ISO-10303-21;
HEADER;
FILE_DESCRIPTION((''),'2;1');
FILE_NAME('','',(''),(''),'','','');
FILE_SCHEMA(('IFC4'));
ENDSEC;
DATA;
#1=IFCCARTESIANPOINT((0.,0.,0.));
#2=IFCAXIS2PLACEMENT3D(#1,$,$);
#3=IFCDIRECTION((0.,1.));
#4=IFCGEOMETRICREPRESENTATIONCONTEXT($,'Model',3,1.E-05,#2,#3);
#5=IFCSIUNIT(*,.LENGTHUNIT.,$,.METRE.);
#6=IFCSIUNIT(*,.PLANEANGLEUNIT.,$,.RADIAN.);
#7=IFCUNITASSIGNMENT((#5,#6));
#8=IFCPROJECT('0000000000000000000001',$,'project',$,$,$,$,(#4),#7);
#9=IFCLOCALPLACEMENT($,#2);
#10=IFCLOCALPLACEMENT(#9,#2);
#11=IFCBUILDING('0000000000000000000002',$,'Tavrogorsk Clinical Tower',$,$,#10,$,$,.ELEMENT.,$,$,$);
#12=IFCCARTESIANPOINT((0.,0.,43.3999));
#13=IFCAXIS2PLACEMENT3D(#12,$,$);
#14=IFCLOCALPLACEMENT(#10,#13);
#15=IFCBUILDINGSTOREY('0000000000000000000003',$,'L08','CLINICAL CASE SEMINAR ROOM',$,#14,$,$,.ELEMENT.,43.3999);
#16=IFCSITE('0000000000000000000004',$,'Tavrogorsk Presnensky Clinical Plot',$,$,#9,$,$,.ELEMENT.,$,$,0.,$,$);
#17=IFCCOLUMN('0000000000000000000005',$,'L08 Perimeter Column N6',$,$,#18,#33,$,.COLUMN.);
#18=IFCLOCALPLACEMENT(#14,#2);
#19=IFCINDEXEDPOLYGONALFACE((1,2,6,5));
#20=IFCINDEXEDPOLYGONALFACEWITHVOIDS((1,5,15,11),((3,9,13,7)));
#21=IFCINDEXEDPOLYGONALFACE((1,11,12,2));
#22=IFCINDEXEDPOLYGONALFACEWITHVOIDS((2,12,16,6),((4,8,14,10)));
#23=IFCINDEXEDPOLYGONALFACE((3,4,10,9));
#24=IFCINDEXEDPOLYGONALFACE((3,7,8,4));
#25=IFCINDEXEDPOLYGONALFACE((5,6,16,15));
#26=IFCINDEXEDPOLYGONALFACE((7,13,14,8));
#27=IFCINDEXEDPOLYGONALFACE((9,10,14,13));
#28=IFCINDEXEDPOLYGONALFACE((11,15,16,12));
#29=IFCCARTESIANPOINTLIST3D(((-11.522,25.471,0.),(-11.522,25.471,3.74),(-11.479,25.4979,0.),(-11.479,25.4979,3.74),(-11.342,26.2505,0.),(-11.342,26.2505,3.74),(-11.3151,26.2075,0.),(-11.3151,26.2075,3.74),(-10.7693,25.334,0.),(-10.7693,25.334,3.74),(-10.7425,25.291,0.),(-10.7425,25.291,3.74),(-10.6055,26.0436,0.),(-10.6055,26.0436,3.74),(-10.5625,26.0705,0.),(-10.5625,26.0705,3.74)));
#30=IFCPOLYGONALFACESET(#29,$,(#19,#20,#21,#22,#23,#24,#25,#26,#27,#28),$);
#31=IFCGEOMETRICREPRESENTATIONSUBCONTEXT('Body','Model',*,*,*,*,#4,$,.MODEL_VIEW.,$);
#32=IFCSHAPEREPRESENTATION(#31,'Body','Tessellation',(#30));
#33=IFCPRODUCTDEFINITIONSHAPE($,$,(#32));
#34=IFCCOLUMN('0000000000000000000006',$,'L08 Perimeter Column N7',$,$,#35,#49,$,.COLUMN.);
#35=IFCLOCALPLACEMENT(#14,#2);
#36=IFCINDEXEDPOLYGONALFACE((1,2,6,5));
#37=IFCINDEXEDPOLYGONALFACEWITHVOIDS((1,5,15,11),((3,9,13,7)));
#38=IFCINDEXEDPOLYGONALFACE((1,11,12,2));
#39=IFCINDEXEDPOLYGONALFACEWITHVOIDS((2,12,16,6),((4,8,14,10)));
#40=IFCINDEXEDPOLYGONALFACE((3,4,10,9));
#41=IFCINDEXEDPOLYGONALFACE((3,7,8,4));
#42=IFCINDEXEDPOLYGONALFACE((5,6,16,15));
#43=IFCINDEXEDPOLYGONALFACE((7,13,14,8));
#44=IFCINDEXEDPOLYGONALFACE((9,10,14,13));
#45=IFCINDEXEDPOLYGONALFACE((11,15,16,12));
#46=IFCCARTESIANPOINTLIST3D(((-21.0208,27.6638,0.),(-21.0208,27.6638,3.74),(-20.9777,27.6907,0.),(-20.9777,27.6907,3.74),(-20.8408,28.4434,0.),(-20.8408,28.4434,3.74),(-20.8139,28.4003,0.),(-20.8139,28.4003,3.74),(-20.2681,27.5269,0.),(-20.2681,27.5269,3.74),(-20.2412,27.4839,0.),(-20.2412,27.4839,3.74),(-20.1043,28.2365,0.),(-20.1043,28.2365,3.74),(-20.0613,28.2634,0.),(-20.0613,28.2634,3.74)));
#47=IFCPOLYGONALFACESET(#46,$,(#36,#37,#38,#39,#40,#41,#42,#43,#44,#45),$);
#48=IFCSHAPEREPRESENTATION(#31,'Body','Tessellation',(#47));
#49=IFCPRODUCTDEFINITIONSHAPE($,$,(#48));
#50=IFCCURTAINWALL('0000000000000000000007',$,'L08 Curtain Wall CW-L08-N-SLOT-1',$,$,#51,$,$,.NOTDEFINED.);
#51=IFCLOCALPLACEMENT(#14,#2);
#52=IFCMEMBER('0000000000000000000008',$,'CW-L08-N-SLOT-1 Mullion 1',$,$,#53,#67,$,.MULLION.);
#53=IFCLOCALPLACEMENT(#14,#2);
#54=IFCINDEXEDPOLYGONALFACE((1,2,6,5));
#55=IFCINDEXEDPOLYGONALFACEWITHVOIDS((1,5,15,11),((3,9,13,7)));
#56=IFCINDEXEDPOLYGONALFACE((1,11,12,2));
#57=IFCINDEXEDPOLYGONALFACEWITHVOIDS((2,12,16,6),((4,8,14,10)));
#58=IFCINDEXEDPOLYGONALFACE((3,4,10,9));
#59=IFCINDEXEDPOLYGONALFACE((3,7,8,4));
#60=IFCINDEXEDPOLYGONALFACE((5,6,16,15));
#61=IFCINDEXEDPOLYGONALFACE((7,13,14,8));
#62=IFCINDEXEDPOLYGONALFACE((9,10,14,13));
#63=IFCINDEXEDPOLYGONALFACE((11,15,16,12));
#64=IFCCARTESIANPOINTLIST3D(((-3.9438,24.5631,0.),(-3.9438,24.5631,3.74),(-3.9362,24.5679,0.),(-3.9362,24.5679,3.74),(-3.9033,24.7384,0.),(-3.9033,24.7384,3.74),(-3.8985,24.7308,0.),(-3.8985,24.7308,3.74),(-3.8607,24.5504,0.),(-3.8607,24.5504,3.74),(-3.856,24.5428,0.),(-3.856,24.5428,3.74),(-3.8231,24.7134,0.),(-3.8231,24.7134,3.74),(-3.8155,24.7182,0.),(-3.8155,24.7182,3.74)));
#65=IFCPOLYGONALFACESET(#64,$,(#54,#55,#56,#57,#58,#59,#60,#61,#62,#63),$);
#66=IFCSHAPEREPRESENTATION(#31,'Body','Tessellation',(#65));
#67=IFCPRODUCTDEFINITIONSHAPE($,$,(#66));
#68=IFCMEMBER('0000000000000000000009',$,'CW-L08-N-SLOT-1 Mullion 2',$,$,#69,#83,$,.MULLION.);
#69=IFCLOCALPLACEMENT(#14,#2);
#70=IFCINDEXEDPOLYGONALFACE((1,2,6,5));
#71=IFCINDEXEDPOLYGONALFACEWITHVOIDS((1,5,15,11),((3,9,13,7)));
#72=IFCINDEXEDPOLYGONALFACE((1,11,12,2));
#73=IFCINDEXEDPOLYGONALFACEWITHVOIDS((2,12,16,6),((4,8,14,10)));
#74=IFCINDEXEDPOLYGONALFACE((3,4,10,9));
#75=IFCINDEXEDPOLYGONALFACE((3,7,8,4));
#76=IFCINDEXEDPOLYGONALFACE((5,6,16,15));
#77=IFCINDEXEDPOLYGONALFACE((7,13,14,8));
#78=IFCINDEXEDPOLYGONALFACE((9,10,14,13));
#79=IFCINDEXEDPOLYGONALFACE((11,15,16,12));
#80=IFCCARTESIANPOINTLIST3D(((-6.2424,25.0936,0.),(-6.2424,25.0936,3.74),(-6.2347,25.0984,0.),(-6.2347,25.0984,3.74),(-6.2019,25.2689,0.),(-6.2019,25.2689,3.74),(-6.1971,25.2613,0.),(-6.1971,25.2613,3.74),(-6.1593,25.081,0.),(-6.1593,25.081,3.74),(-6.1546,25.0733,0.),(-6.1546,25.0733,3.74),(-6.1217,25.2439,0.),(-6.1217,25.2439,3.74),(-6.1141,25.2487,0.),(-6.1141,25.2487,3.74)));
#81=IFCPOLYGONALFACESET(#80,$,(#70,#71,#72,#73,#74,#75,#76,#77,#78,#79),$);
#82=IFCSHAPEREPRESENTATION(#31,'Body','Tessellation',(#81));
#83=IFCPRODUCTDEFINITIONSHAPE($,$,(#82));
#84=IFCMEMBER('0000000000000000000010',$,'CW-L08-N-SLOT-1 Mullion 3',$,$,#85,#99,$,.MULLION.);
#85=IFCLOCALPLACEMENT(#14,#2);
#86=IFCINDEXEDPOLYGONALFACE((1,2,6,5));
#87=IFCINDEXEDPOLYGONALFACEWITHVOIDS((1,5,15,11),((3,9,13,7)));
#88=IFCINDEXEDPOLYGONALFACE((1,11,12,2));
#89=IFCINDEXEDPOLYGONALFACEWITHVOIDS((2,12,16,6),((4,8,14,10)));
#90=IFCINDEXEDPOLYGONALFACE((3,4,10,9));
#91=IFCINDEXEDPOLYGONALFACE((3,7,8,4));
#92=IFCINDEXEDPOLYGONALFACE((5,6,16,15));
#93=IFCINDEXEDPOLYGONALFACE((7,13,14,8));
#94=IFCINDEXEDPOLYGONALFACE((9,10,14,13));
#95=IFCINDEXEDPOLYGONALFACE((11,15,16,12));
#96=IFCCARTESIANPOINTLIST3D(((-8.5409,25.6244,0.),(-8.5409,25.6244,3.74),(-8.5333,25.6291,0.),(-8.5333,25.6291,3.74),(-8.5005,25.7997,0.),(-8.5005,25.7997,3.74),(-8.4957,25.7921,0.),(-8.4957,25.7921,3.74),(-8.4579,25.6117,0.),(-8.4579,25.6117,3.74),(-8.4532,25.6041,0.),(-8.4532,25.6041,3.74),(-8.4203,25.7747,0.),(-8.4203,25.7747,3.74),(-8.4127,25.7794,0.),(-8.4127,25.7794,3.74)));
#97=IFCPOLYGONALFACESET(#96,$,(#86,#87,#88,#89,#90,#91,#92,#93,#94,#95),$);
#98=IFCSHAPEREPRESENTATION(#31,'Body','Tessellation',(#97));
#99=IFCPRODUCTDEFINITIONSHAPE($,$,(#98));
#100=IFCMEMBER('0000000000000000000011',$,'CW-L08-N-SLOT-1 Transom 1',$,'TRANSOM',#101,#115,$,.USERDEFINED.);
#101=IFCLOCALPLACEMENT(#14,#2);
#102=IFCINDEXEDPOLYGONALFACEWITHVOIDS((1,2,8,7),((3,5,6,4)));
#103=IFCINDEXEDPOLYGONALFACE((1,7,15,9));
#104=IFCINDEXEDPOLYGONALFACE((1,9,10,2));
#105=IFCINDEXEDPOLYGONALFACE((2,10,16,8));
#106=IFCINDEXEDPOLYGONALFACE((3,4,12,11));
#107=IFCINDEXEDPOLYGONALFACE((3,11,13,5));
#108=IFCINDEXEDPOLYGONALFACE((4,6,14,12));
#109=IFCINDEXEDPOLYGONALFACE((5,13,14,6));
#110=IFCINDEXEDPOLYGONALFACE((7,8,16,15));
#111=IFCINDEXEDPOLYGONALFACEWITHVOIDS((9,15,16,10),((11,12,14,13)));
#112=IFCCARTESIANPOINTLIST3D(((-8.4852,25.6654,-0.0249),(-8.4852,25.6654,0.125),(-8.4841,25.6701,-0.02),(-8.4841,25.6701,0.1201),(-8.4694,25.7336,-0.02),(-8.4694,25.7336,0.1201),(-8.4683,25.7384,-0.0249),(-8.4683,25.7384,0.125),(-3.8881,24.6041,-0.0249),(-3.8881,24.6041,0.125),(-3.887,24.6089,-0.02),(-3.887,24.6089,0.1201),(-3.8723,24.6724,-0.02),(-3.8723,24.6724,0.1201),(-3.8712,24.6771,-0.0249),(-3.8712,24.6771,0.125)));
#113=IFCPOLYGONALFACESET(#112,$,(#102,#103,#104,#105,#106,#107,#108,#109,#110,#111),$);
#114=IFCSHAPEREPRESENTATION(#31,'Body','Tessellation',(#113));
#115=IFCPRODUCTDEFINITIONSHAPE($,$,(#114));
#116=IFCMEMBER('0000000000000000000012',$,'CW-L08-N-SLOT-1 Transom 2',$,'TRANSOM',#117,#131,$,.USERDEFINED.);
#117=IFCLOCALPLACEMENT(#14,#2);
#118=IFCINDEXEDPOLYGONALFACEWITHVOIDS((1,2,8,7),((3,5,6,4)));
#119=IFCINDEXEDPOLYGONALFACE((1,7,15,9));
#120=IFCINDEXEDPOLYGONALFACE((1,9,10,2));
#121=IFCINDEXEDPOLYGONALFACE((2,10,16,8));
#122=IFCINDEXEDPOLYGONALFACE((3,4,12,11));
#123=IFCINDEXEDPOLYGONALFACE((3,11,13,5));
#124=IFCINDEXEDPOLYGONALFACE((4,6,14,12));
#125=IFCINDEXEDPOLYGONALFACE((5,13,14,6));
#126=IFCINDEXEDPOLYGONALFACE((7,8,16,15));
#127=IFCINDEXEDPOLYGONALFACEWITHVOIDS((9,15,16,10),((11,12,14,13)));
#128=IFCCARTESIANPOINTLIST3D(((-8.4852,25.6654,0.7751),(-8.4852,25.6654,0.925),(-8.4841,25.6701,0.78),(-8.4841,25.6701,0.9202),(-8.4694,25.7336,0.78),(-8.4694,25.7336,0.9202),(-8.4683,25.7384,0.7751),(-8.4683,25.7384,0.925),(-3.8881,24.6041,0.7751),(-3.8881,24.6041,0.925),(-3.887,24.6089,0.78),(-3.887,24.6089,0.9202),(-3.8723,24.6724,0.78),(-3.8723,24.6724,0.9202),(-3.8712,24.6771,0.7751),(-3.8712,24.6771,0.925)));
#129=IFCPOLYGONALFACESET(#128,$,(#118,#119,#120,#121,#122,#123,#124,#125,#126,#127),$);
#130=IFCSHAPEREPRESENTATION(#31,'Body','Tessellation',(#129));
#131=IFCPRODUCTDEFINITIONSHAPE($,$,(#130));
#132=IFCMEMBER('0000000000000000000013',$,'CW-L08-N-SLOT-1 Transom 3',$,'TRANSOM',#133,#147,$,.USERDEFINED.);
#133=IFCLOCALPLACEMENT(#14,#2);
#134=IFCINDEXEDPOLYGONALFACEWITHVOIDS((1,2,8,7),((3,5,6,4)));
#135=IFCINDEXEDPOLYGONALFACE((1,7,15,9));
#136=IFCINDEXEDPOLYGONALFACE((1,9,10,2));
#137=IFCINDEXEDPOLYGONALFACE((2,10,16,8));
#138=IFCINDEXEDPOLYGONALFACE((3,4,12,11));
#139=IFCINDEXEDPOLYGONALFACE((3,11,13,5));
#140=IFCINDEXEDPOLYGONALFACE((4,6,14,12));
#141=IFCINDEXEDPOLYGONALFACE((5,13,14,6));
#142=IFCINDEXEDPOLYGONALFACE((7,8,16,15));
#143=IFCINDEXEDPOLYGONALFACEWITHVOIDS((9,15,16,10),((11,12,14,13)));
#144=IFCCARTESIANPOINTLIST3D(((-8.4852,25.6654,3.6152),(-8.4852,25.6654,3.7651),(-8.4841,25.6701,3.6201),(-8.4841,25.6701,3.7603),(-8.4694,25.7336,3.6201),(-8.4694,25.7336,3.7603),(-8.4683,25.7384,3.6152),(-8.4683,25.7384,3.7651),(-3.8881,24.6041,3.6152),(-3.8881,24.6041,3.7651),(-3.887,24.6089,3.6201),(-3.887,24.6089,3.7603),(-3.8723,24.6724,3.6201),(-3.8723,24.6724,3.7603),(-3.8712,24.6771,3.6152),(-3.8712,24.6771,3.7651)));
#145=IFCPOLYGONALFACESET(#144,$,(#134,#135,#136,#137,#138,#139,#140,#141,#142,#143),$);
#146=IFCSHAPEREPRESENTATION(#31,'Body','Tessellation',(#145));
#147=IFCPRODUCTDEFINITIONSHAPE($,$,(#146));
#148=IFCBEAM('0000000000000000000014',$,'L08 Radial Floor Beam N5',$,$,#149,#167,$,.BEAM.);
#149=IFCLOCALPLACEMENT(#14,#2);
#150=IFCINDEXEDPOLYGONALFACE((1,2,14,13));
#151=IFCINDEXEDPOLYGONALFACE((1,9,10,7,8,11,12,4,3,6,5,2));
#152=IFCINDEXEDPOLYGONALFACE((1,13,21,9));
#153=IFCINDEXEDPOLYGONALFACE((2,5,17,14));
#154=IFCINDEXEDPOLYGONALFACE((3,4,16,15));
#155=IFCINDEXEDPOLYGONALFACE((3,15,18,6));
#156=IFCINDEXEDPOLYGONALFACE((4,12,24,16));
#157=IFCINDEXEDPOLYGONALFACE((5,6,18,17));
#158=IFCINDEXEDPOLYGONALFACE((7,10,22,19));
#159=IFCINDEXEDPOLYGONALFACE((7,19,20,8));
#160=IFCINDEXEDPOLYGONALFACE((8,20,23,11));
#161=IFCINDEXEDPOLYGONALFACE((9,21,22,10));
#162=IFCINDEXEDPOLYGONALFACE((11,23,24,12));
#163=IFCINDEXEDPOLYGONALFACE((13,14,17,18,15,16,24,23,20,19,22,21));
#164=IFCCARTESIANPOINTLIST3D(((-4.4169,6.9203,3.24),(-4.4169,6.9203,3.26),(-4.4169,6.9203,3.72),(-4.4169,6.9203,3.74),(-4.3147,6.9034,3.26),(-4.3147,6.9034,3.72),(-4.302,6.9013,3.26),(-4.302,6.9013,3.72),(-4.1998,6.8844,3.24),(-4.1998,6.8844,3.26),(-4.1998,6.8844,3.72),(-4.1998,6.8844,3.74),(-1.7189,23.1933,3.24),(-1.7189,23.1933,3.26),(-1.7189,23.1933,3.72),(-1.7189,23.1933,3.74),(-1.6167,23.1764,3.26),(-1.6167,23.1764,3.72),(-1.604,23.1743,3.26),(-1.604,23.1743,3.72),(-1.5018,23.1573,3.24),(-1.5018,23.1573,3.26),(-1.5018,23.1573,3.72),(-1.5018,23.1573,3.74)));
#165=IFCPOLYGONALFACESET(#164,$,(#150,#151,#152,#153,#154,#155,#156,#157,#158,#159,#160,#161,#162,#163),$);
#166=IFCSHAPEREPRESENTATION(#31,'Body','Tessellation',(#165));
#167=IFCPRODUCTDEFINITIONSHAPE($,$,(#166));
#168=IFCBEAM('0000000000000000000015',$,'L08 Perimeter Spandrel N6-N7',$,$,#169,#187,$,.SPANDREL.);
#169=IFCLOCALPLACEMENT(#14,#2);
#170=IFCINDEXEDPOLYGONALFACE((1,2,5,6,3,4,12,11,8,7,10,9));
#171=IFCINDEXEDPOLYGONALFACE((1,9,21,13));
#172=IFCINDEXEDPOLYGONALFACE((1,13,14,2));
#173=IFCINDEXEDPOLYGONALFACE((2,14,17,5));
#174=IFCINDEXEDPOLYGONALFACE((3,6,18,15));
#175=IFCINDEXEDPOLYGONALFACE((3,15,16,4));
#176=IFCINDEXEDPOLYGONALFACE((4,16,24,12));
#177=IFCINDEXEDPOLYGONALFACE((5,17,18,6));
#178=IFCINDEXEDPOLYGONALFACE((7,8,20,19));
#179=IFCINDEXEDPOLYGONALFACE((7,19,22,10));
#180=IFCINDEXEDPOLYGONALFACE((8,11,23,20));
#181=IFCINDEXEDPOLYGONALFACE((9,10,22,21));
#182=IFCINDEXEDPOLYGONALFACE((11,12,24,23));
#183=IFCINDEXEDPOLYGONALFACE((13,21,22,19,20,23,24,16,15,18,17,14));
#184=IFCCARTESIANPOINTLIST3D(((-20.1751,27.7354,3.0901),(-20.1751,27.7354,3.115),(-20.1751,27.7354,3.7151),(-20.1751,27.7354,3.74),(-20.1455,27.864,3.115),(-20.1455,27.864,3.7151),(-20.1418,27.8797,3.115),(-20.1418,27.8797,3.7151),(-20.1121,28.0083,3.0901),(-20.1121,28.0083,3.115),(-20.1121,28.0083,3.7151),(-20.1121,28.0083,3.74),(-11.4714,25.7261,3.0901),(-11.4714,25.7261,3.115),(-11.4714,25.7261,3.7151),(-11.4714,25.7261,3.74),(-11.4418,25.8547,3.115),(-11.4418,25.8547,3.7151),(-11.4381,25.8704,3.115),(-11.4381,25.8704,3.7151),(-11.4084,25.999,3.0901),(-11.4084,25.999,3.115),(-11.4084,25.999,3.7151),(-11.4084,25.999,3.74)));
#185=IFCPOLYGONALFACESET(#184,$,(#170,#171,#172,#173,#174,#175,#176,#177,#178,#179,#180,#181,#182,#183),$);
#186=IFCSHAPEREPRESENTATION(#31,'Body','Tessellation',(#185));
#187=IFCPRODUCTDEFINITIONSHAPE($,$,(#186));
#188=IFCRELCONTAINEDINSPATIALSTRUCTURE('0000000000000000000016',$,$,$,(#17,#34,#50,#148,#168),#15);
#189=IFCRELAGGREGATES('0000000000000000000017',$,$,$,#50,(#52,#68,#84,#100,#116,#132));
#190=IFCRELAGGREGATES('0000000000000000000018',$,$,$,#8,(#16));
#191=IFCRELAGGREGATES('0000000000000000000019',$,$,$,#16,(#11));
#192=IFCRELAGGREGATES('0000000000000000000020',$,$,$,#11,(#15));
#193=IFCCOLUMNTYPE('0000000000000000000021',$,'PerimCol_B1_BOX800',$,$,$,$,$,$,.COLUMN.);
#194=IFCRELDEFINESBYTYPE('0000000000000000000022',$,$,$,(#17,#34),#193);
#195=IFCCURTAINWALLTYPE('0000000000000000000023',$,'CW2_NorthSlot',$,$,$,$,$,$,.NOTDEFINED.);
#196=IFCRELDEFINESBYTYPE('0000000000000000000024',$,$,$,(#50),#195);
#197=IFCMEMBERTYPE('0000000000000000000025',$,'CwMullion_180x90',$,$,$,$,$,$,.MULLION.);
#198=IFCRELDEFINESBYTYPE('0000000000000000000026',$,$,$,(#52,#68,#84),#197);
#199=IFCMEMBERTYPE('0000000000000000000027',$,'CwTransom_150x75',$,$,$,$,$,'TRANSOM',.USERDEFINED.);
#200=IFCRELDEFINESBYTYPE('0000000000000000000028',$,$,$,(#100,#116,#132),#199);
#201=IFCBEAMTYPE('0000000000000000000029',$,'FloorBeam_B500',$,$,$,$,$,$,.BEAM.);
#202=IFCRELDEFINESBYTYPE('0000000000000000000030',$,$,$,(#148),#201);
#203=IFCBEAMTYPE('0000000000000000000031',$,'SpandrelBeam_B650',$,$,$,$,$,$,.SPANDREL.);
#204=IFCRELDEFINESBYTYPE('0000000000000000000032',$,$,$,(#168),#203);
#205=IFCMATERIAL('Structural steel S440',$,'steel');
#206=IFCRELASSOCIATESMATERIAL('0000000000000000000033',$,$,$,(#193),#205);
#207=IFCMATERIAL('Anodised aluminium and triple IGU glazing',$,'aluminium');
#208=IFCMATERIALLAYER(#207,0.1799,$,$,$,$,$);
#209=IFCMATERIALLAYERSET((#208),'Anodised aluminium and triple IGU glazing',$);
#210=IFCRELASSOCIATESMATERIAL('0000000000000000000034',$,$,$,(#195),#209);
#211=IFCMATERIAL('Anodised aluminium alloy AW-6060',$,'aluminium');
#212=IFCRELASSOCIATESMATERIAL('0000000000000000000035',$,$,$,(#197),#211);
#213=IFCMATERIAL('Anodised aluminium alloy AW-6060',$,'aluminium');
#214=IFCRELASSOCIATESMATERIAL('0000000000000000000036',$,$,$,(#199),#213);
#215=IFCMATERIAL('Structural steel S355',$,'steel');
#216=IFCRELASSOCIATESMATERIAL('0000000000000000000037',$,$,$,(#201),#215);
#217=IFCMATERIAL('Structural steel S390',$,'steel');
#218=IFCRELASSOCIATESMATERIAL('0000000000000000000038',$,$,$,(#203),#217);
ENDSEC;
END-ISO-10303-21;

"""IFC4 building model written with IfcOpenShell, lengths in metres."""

from ifc_helpers import new_model, si_unit, direction, frame, origin, origin_2d, place, context, subcontext, project, spatial, hollow_rectangle, i_section, extrude, material, layer, layer_set, material_profile, profile_set, type_object, element, aggregate, save


model = new_model("IFC4")

# Units and contexts
model_context = context("Model", 3, precision=1e-05, world=origin(), true_north=direction((0.0, 1.0)))
body_context = subcontext(model_context, "Body", "Model", "MODEL_VIEW")
ifc_project = project(units=[si_unit("LENGTHUNIT", "METRE"), si_unit("PLANEANGLEUNIT", "RADIAN")], contexts=[model_context])

# Site, building, storey
site_placement = place(None, origin())
site = spatial("IfcSite", under=ifc_project, at=site_placement, Name="Tavrogorsk Presnensky Clinical Plot", CompositionType="ELEMENT", RefElevation=0.0)
building_placement = place(site_placement, origin())
building = spatial("IfcBuilding", under=site, at=building_placement, Name="Tavrogorsk Clinical Tower", CompositionType="ELEMENT")
storey_placement = place(building_placement, frame((0.0, 0.0, 43.3999)))
storey = spatial("IfcBuildingStorey", under=building, at=storey_placement, Name="L08", Description="CLINICAL CASE SEMINAR ROOM", CompositionType="ELEMENT", Elevation=43.3999)

# Columns
ifc_material_1 = material(Name="Structural steel S440", Category="steel")
ifc_material_profile_1 = material_profile(ifc_material_1, hollow_rectangle(XDim=0.8, YDim=0.8, WallThickness=0.0359, at=origin_2d()), Name="BOX-800x800x36")
ifc_profile_set_1 = profile_set([ifc_material_profile_1], Name="Structural steel S440")
column_type = type_object("IfcColumnType", Name="PerimCol_B1_BOX800", PredefinedType="COLUMN", material=ifc_profile_set_1)
for number, where, z_axis, x_axis, name in (
    (1, (-11.0422, 25.7708, 0.0), (0.0, 0.0, 1.0), (0.97437, -0.224951, 0.0), "L08 Perimeter Column N6"),
    (2, (-20.541, 27.9636, 0.0), (0.0, 0.0, 1.0), (0.97437, -0.224951, 0.0), "L08 Perimeter Column N7"),
):
    element("IfcColumn", number, at=place(storey_placement, frame(where, z_axis=z_axis, x_axis=x_axis)), inside=storey, type_object=column_type, Name=name, PredefinedType="COLUMN", context=body_context, shape_type="SweptSolid", body=[
        extrude(hollow_rectangle(XDim=0.8, YDim=0.8, WallThickness=0.0359, at=origin_2d()), origin(), (0.0, 0.0, 1.0), 3.74),
    ])

# Curtain wall, members
ifc_material_2 = material(Name="Anodised aluminium and triple IGU glazing", Category="aluminium")
ifc_layer_1 = layer(ifc_material_2, 0.1799)
ifc_layer_set_1 = layer_set([ifc_layer_1], Name="Anodised aluminium and triple IGU glazing")
curtain_wall_type = type_object("IfcCurtainWallType", Name="CW2_NorthSlot", PredefinedType="NOTDEFINED", material=ifc_layer_set_1)
curtain_wall_placement = place(storey_placement, origin())
curtain_wall = element("IfcCurtainWall", 3, at=curtain_wall_placement, inside=storey, type_object=curtain_wall_type, Name="L08 Curtain Wall CW-L08-N-SLOT-1", PredefinedType="NOTDEFINED")
ifc_material_3 = material(Name="Anodised aluminium alloy AW-6060", Category="aluminium")
ifc_material_profile_2 = material_profile(ifc_material_3, hollow_rectangle(XDim=0.0901, YDim=0.1799, WallThickness=0.0063, at=origin_2d()), Name="RHS-180x90x6.3")
ifc_profile_set_2 = profile_set([ifc_material_profile_2], Name="Anodised aluminium alloy AW-6060")
member_type_1 = type_object("IfcMemberType", Name="CwMullion_180x90", PredefinedType="MULLION", material=ifc_profile_set_2)
member_1_placement = place(storey_placement, frame((-3.8796, 24.6406, 0.0), z_axis=(0.0, 0.0, 1.0), x_axis=(-0.97437, 0.224951, 0.0)))
member_1 = element("IfcMember", 4, at=member_1_placement, type_object=member_type_1, Name="CW-L08-N-SLOT-1 Mullion 1", PredefinedType="MULLION", context=body_context, shape_type="SweptSolid", body=[
    extrude(hollow_rectangle(XDim=0.0901, YDim=0.1799, WallThickness=0.0063, at=origin_2d()), origin(), (0.0, 0.0, 1.0), 3.74),
])
member_2_placement = place(storey_placement, frame((-6.1782, 25.1711, 0.0), z_axis=(0.0, 0.0, 1.0), x_axis=(-0.97437, 0.224951, 0.0)))
member_2 = element("IfcMember", 5, at=member_2_placement, type_object=member_type_1, Name="CW-L08-N-SLOT-1 Mullion 2", PredefinedType="MULLION", context=body_context, shape_type="SweptSolid", body=[
    extrude(hollow_rectangle(XDim=0.0901, YDim=0.1799, WallThickness=0.0063, at=origin_2d()), origin(), (0.0, 0.0, 1.0), 3.74),
])
member_3_placement = place(storey_placement, frame((-8.4768, 25.7019, 0.0), z_axis=(0.0, 0.0, 1.0), x_axis=(-0.97437, 0.224951, 0.0)))
member_3 = element("IfcMember", 6, at=member_3_placement, type_object=member_type_1, Name="CW-L08-N-SLOT-1 Mullion 3", PredefinedType="MULLION", context=body_context, shape_type="SweptSolid", body=[
    extrude(hollow_rectangle(XDim=0.0901, YDim=0.1799, WallThickness=0.0063, at=origin_2d()), origin(), (0.0, 0.0, 1.0), 3.74),
])
ifc_material_4 = material(Name="Anodised aluminium alloy AW-6060", Category="aluminium")
ifc_material_profile_3 = material_profile(ifc_material_4, hollow_rectangle(XDim=0.075, YDim=0.1499, WallThickness=0.0049, at=origin_2d()), Name="RHS-150x75x5")
ifc_profile_set_3 = profile_set([ifc_material_profile_3], Name="Anodised aluminium alloy AW-6060")
member_type_2 = type_object("IfcMemberType", Name="CwTransom_150x75", ElementType="TRANSOM", PredefinedType="USERDEFINED", material=ifc_profile_set_3)
member_4_placement = place(storey_placement, frame((-3.8796, 24.6406, 0.05), z_axis=(-0.974373, 0.224939, 0.0), x_axis=(-0.224939, -0.974373, 0.0)))
member_4 = element("IfcMember", 7, at=member_4_placement, type_object=member_type_2, Name="CW-L08-N-SLOT-1 Transom 1", ObjectType="TRANSOM", PredefinedType="USERDEFINED", context=body_context, shape_type="SweptSolid", body=[
    extrude(hollow_rectangle(XDim=0.075, YDim=0.1499, WallThickness=0.0049, at=origin_2d()), origin(), (0.0, 0.0, 1.0), 4.718),
])
member_5_placement = place(storey_placement, frame((-3.8796, 24.6406, 0.8501), z_axis=(-0.974373, 0.224939, 0.0), x_axis=(-0.224939, -0.974373, 0.0)))
member_5 = element("IfcMember", 8, at=member_5_placement, type_object=member_type_2, Name="CW-L08-N-SLOT-1 Transom 2", ObjectType="TRANSOM", PredefinedType="USERDEFINED", context=body_context, shape_type="SweptSolid", body=[
    extrude(hollow_rectangle(XDim=0.075, YDim=0.1499, WallThickness=0.0049, at=origin_2d()), origin(), (0.0, 0.0, 1.0), 4.718),
])
member_6_placement = place(storey_placement, frame((-3.8796, 24.6406, 3.6902), z_axis=(-0.974373, 0.224939, 0.0), x_axis=(-0.224939, -0.974373, 0.0)))
member_6 = element("IfcMember", 9, at=member_6_placement, type_object=member_type_2, Name="CW-L08-N-SLOT-1 Transom 3", ObjectType="TRANSOM", PredefinedType="USERDEFINED", context=body_context, shape_type="SweptSolid", body=[
    extrude(hollow_rectangle(XDim=0.075, YDim=0.1499, WallThickness=0.0049, at=origin_2d()), origin(), (0.0, 0.0, 1.0), 4.718),
])

# Beams
ifc_material_5 = material(Name="Structural steel S355", Category="steel")
ifc_material_profile_4 = material_profile(ifc_material_5, i_section(OverallWidth=0.22, OverallDepth=0.5, WebThickness=0.0129, FlangeThickness=0.02, at=origin_2d()), Name="B-500x220x13x20")
ifc_profile_set_4 = profile_set([ifc_material_profile_4], Name="Structural steel S355")
beam_type_1 = type_object("IfcBeamType", Name="FloorBeam_B500", PredefinedType="BEAM", material=ifc_profile_set_4)
beam_1_placement = place(storey_placement, frame((-4.3083, 6.9023, 3.49), z_axis=(0.163564, 0.986533, 0.0), x_axis=(-0.986533, 0.163564, 0.0)))
element("IfcBeam", 10, at=beam_1_placement, inside=storey, type_object=beam_type_1, Name="L08 Radial Floor Beam N5", PredefinedType="BEAM", context=body_context, shape_type="SweptSolid", body=[
    extrude(i_section(OverallWidth=0.22, OverallDepth=0.5, WebThickness=0.0129, FlangeThickness=0.02, at=origin_2d()), origin(), (0.0, 0.0, 1.0), 16.4951),
])
ifc_material_6 = material(Name="Structural steel S390", Category="steel")
ifc_material_profile_5 = material_profile(ifc_material_6, i_section(OverallWidth=0.28, OverallDepth=0.6499, WebThickness=0.0161, FlangeThickness=0.0249, at=origin_2d()), Name="B-650x280x16x25")
ifc_profile_set_5 = profile_set([ifc_material_profile_5], Name="Structural steel S390")
beam_type_2 = type_object("IfcBeamType", Name="SpandrelBeam_B650", PredefinedType="SPANDREL", material=ifc_profile_set_5)
beam_2_placement = place(storey_placement, frame((-11.4399, 25.8625, 3.415), z_axis=(-0.974373, 0.224939, 0.0), x_axis=(-0.224939, -0.974373, 0.0)))
element("IfcBeam", 11, at=beam_2_placement, inside=storey, type_object=beam_type_2, Name="L08 Perimeter Spandrel N6-N7", PredefinedType="SPANDREL", context=body_context, shape_type="SweptSolid", body=[
    extrude(i_section(OverallWidth=0.28, OverallDepth=0.6499, WebThickness=0.0161, FlangeThickness=0.0249, at=origin_2d()), origin(), (0.0, 0.0, 1.0), 8.9326),
])

aggregate(curtain_wall, [member_1, member_2, member_3, member_4, member_5, member_6])

save(model, "model.ifc")
